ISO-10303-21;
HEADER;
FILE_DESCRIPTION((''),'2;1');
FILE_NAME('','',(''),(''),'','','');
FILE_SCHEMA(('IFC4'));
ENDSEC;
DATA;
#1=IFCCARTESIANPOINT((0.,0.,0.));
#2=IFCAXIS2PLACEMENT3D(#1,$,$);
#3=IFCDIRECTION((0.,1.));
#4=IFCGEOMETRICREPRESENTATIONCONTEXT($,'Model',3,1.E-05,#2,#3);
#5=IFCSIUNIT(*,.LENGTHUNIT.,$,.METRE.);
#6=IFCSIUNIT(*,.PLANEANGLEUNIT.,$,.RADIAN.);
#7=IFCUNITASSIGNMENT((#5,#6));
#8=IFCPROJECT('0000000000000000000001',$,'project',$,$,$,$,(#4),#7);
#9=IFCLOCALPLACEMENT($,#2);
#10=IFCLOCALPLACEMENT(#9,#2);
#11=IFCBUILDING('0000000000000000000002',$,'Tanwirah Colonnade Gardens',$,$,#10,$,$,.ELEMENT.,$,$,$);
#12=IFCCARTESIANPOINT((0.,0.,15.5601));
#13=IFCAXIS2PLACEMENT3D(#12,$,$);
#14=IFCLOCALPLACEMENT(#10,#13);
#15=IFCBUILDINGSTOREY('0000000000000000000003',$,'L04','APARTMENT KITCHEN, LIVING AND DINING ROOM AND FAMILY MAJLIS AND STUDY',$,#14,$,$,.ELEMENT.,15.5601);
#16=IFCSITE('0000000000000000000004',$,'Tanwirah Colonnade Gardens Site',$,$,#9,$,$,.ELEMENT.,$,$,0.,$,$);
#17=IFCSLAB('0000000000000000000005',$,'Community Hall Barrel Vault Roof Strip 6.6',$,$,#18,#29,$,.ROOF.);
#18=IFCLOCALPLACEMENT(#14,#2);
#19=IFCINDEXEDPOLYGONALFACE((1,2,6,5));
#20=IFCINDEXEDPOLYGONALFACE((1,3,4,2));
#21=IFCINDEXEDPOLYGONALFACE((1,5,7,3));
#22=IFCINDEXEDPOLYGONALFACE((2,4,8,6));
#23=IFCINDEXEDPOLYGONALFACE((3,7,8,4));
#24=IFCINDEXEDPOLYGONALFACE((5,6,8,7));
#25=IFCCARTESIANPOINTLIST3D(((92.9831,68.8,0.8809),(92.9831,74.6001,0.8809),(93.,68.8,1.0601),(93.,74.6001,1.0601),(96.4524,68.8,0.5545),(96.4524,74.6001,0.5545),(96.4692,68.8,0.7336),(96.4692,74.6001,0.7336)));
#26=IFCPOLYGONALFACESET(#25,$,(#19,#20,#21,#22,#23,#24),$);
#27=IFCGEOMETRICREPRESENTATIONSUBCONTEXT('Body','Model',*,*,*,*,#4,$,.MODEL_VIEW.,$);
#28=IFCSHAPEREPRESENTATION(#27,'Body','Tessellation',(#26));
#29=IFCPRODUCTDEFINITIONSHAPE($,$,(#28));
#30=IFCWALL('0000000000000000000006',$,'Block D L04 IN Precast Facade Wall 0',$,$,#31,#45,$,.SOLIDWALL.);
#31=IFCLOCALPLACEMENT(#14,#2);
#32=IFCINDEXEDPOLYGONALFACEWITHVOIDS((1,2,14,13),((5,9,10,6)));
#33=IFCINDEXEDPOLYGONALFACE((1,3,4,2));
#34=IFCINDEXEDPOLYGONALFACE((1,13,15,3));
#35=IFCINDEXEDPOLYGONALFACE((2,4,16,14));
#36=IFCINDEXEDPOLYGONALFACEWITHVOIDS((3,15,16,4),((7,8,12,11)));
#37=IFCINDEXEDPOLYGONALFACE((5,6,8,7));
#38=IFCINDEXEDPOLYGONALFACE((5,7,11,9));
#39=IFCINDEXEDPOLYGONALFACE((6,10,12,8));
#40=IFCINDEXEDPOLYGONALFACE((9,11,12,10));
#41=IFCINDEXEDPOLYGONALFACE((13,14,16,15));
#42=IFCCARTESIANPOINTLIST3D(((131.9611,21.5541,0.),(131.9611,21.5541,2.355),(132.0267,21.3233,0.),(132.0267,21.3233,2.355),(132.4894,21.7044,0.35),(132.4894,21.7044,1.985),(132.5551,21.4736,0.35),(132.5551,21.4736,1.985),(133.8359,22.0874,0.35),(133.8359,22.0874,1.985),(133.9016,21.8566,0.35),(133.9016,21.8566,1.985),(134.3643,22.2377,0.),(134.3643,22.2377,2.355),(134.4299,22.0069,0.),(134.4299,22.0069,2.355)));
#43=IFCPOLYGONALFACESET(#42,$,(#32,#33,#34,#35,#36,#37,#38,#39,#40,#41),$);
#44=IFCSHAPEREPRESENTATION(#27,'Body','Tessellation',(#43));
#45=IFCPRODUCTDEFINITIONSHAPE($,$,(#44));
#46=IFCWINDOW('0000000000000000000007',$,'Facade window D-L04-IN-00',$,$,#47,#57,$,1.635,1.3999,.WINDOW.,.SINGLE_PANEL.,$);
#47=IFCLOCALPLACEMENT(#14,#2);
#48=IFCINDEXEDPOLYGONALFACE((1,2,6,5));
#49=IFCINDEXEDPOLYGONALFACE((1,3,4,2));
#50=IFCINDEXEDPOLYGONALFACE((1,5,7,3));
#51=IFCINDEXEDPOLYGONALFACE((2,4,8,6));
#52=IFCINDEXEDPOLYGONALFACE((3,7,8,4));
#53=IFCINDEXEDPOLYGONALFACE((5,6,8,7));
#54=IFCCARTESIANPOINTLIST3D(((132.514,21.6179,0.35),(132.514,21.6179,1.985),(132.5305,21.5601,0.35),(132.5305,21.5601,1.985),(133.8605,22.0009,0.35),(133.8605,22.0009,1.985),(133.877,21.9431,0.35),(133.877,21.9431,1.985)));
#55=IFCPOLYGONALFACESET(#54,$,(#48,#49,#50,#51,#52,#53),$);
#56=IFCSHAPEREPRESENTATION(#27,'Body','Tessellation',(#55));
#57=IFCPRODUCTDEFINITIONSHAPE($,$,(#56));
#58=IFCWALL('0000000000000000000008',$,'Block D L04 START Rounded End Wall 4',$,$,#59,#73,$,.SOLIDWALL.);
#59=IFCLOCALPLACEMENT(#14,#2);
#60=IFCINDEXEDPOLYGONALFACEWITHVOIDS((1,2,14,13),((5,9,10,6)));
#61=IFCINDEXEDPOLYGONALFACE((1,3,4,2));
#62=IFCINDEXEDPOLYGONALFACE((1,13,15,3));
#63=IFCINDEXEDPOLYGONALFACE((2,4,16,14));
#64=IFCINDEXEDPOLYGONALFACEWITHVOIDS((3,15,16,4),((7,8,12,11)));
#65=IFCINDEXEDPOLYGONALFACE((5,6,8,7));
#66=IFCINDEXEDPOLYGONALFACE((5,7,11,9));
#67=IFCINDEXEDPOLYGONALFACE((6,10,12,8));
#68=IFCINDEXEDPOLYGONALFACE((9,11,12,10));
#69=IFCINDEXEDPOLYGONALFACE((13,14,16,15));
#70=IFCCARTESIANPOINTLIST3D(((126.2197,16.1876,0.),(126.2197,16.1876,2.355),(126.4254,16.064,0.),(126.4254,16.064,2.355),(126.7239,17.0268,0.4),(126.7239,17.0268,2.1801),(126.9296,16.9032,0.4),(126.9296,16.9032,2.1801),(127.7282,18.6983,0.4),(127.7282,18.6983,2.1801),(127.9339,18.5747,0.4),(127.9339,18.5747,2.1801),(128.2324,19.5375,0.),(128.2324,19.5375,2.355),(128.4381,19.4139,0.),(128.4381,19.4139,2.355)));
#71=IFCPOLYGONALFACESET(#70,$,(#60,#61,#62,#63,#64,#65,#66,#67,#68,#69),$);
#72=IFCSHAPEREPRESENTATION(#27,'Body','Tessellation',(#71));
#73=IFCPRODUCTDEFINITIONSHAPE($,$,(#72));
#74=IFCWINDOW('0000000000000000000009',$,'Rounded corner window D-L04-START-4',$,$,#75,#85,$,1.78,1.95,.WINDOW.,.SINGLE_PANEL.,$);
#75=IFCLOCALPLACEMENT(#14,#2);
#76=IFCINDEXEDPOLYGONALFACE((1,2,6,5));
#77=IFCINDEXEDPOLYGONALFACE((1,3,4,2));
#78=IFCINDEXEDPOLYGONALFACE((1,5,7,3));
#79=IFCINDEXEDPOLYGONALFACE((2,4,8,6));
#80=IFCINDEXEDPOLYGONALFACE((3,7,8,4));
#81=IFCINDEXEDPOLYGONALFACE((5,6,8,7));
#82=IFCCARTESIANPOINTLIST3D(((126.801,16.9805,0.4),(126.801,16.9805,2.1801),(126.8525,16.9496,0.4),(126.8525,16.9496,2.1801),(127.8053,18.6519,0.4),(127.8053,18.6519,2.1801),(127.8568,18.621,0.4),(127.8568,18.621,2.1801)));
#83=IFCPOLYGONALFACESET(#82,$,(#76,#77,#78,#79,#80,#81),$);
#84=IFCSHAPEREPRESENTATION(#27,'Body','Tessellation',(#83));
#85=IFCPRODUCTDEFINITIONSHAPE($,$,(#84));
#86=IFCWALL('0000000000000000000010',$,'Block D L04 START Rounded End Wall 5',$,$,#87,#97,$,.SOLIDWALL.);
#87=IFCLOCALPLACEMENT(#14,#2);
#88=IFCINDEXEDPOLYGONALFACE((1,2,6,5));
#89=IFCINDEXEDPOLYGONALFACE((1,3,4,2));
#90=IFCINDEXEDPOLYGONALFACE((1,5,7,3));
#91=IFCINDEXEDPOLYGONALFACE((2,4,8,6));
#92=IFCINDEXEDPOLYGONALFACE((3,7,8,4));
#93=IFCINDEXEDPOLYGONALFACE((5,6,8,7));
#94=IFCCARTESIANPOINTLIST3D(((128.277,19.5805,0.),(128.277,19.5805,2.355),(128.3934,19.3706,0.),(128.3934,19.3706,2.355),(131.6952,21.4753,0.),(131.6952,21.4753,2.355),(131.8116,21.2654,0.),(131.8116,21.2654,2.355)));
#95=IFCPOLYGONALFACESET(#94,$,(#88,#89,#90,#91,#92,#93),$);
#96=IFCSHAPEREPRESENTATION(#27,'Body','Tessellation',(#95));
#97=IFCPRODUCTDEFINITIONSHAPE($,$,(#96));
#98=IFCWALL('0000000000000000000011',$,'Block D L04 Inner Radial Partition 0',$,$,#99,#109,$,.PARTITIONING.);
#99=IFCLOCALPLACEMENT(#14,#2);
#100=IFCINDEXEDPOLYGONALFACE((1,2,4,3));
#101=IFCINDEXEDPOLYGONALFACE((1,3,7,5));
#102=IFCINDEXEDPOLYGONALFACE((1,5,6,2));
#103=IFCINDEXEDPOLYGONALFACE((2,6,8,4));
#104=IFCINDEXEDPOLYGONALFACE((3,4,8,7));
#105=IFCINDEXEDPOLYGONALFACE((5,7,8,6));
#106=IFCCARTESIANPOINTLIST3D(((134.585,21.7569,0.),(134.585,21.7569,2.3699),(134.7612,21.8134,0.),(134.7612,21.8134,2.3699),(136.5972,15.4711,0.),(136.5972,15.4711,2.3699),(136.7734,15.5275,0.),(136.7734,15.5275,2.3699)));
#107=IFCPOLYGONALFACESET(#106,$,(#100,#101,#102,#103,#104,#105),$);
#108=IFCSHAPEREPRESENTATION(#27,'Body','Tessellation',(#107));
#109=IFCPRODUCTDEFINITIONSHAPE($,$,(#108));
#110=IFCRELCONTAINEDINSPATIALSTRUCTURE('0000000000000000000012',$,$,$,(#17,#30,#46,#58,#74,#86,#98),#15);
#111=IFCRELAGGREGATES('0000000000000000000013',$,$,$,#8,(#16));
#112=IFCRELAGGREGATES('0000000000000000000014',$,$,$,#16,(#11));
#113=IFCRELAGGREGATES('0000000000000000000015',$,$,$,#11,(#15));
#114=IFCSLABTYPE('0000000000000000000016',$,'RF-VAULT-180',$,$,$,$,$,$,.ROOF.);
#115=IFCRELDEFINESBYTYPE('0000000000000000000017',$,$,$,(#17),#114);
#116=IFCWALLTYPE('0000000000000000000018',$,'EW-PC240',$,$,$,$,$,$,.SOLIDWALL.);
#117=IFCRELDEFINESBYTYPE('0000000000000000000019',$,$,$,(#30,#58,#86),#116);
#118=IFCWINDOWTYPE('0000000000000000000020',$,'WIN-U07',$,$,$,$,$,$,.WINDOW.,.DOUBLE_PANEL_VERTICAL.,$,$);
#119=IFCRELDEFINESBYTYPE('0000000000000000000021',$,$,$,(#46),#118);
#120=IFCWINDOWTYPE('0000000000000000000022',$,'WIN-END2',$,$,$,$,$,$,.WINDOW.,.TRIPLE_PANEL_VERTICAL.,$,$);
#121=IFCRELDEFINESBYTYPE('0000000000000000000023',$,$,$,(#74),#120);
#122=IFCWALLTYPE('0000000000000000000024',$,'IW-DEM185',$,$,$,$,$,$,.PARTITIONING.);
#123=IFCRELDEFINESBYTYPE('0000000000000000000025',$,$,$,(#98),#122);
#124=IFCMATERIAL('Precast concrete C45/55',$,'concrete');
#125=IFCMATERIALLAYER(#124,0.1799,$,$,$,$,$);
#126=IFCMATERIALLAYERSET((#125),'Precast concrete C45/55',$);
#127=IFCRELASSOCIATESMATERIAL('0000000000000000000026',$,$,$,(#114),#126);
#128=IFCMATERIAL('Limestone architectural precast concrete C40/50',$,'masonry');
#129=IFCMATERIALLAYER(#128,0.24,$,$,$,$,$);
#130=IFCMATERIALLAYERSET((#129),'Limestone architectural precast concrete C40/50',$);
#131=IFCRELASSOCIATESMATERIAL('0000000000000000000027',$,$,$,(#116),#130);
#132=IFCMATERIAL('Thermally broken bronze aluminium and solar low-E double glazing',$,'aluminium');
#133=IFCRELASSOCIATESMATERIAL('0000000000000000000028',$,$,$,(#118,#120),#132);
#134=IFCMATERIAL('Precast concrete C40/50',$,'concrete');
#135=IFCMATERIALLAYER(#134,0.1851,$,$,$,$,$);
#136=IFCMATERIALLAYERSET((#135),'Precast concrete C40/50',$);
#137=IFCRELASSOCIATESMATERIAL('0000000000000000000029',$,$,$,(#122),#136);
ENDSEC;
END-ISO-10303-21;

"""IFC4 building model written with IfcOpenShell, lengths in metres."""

from ifc_helpers import new_model, si_unit, direction, frame, frame_2d, origin, place, context, subcontext, project, spatial, polyline, rectangle, outline, extrude, material, layer, layer_set, type_object, element, fill, save


model = new_model("IFC4")

# Units and contexts
model_context = context("Model", 3, precision=1e-05, world=origin(), true_north=direction((0.0, 1.0)))
body_context = subcontext(model_context, "Body", "Model", "MODEL_VIEW")
ifc_project = project(units=[si_unit("LENGTHUNIT", "METRE"), si_unit("PLANEANGLEUNIT", "RADIAN")], contexts=[model_context])

# Site, building, storey
site_placement = place(None, origin())
site = spatial("IfcSite", under=ifc_project, at=site_placement, Name="Tanwirah Colonnade Gardens Site", CompositionType="ELEMENT", RefElevation=0.0)
building_placement = place(site_placement, origin())
building = spatial("IfcBuilding", under=site, at=building_placement, Name="Tanwirah Colonnade Gardens", CompositionType="ELEMENT")
storey_placement = place(building_placement, frame((0.0, 0.0, 15.5601)))
storey = spatial("IfcBuildingStorey", under=building, at=storey_placement, Name="L04", Description="APARTMENT KITCHEN, LIVING AND DINING ROOM AND FAMILY MAJLIS AND STUDY", CompositionType="ELEMENT", Elevation=15.5601)

# Shared definitions
ifc_material_1 = material(Name="Precast concrete C40/50", Category="concrete")

# Slab
ifc_material_2 = material(Name="Precast concrete C45/55", Category="concrete")
ifc_layer_1 = layer(ifc_material_2, 0.1799)
ifc_layer_set_1 = layer_set([ifc_layer_1], Name="Precast concrete C45/55")
slab_type = type_object("IfcSlabType", Name="RF-VAULT-180", PredefinedType="ROOF", material=ifc_layer_set_1)
for number, where, z_axis, x_axis, name in (
    (1, (93.0, 68.8, 1.0601), (0.093675, 0.0, 0.995603), (0.995603, 0.0, -0.093675), "Community Hall Barrel Vault Roof Strip 6.6"),
):
    element("IfcSlab", number, at=place(storey_placement, frame(where, z_axis=z_axis, x_axis=x_axis)), inside=storey, type_object=slab_type, Name=name, PredefinedType="ROOF", context=body_context, shape_type="SweptSolid", body=[
        extrude(outline(polyline([(0.0, 0.0), (3.4846, 0.0), (3.4846, 5.8), (0.0, 5.8), (0.0, 0.0)])), origin(), (0.0, 0.0, -1.0), 0.1799),
    ])

# Walls, openings, windows
ifc_material_3 = material(Name="Limestone architectural precast concrete C40/50", Category="masonry")
ifc_layer_2 = layer(ifc_material_3, 0.24)
ifc_layer_set_2 = layer_set([ifc_layer_2], Name="Limestone architectural precast concrete C40/50")
wall_type_1 = type_object("IfcWallType", Name="EW-PC240", PredefinedType="SOLIDWALL", material=ifc_layer_set_2)
wall_1_placement = place(storey_placement, frame((131.9939, 21.4387, 0.0), z_axis=(0.0, 0.0, 1.0), x_axis=(0.961848, 0.273585, 0.0)))
wall_1 = element("IfcWall", 2, at=wall_1_placement, inside=storey, type_object=wall_type_1, Name="Block D L04 IN Precast Facade Wall 0", PredefinedType="SOLIDWALL", context=body_context, shape_type="SweptSolid", body=[
    extrude(rectangle(XDim=2.4985, YDim=0.24, at=frame_2d((1.2493, 0.0))), origin(), (0.0, 0.0, 1.0), 2.355),
])
opening_1_placement = place(wall_1_placement, frame((0.5493, 0.0, 0.3501)))
opening_1 = element("IfcOpeningElement", 3, at=opening_1_placement, cuts=wall_1, PredefinedType="OPENING", context=body_context, shape_type="SweptSolid", body=[
    extrude(rectangle(XDim=1.3999, YDim=1.635, at=frame_2d((0.7, 0.8174))), frame((0.0, 0.1299, 0.0), z_axis=(0.0, -1.0, 0.0), x_axis=(1.0, 0.0, 0.0)), (0.0, 0.0, 1.0), 0.26),
])
ifc_material_4 = material(Name="Thermally broken bronze aluminium and solar low-E double glazing", Category="aluminium")
window_type_1 = type_object("IfcWindowType", Name="WIN-U07", PartitioningType="DOUBLE_PANEL_VERTICAL", PredefinedType="WINDOW", material=ifc_material_4)
window_1_placement = place(opening_1_placement, origin())
window_1 = element("IfcWindow", 4, at=window_1_placement, inside=storey, type_object=window_type_1, Name="Facade window D-L04-IN-00", OverallHeight=1.635, OverallWidth=1.3999, PartitioningType="SINGLE_PANEL", PredefinedType="WINDOW", context=body_context, shape_type="SweptSolid", body=[
    extrude(rectangle(XDim=1.3999, YDim=1.635, at=frame_2d((0.7, 0.8174))), frame((0.0, 0.03, 0.0), z_axis=(0.0, -1.0, 0.0), x_axis=(1.0, 0.0, 0.0)), (0.0, 0.0, 1.0), 0.0601),
])
fill(opening_1, window_1)
wall_2_placement = place(storey_placement, frame((126.3225, 16.1257, 0.0), z_axis=(0.0, 0.0, 1.0), x_axis=(0.515019, 0.857179, 0.0)))
wall_2 = element("IfcWall", 5, at=wall_2_placement, inside=storey, type_object=wall_type_1, Name="Block D L04 START Rounded End Wall 4", PredefinedType="SOLIDWALL", context=body_context, shape_type="SweptSolid", body=[
    extrude(rectangle(XDim=3.908, YDim=0.24, at=frame_2d((1.9541, 0.0))), origin(), (0.0, 0.0, 1.0), 2.355),
])
opening_2_placement = place(wall_2_placement, frame((0.979, 0.0, 0.3999)))
opening_2 = element("IfcOpeningElement", 6, at=opening_2_placement, cuts=wall_2, PredefinedType="OPENING", context=body_context, shape_type="SweptSolid", body=[
    extrude(rectangle(XDim=1.95, YDim=1.78, at=frame_2d((0.9751, 0.8901))), frame((0.0, 0.1299, 0.0), z_axis=(0.0, -1.0, 0.0), x_axis=(1.0, 0.0, 0.0)), (0.0, 0.0, 1.0), 0.26),
])
window_type_2 = type_object("IfcWindowType", Name="WIN-END2", PartitioningType="TRIPLE_PANEL_VERTICAL", PredefinedType="WINDOW", material=ifc_material_4)
window_2_placement = place(opening_2_placement, origin())
window_2 = element("IfcWindow", 7, at=window_2_placement, inside=storey, type_object=window_type_2, Name="Rounded corner window D-L04-START-4", OverallHeight=1.78, OverallWidth=1.95, PartitioningType="SINGLE_PANEL", PredefinedType="WINDOW", context=body_context, shape_type="SweptSolid", body=[
    extrude(rectangle(XDim=1.95, YDim=1.78, at=frame_2d((0.9751, 0.8901))), frame((0.0, 0.03, 0.0), z_axis=(0.0, -1.0, 0.0), x_axis=(1.0, 0.0, 0.0)), (0.0, 0.0, 1.0), 0.0601),
])
fill(opening_2, window_2)

# Walls
wall_3_placement = place(storey_placement, frame((128.3352, 19.4756, 0.0), z_axis=(0.0, 0.0, 1.0), x_axis=(0.874617, 0.484815, 0.0)))
element("IfcWall", 8, at=wall_3_placement, inside=storey, type_object=wall_type_1, Name="Block D L04 START Rounded End Wall 5", PredefinedType="SOLIDWALL", context=body_context, shape_type="SweptSolid", body=[
    extrude(rectangle(XDim=3.9082, YDim=0.24, at=frame_2d((1.9541, 0.0))), origin(), (0.0, 0.0, 1.0), 2.355),
])
ifc_layer_3 = layer(ifc_material_1, 0.1851)
ifc_layer_set_3 = layer_set([ifc_layer_3], Name="Precast concrete C40/50")
wall_type_2 = type_object("IfcWallType", Name="IW-DEM185", PredefinedType="PARTITIONING", material=ifc_layer_set_3)
wall_4_placement = place(storey_placement, frame((134.6731, 21.7852, 0.0), z_axis=(0.0, 0.0, 1.0), x_axis=(0.304875, -0.952392, 0.0)))
element("IfcWall", 9, at=wall_4_placement, inside=storey, type_object=wall_type_2, Name="Block D L04 Inner Radial Partition 0", PredefinedType="PARTITIONING", context=body_context, shape_type="SweptSolid", body=[
    extrude(rectangle(XDim=6.6001, YDim=0.1851, at=frame_2d((3.3, 0.0))), origin(), (0.0, 0.0, 1.0), 2.3699),
])

save(model, "model.ifc")
